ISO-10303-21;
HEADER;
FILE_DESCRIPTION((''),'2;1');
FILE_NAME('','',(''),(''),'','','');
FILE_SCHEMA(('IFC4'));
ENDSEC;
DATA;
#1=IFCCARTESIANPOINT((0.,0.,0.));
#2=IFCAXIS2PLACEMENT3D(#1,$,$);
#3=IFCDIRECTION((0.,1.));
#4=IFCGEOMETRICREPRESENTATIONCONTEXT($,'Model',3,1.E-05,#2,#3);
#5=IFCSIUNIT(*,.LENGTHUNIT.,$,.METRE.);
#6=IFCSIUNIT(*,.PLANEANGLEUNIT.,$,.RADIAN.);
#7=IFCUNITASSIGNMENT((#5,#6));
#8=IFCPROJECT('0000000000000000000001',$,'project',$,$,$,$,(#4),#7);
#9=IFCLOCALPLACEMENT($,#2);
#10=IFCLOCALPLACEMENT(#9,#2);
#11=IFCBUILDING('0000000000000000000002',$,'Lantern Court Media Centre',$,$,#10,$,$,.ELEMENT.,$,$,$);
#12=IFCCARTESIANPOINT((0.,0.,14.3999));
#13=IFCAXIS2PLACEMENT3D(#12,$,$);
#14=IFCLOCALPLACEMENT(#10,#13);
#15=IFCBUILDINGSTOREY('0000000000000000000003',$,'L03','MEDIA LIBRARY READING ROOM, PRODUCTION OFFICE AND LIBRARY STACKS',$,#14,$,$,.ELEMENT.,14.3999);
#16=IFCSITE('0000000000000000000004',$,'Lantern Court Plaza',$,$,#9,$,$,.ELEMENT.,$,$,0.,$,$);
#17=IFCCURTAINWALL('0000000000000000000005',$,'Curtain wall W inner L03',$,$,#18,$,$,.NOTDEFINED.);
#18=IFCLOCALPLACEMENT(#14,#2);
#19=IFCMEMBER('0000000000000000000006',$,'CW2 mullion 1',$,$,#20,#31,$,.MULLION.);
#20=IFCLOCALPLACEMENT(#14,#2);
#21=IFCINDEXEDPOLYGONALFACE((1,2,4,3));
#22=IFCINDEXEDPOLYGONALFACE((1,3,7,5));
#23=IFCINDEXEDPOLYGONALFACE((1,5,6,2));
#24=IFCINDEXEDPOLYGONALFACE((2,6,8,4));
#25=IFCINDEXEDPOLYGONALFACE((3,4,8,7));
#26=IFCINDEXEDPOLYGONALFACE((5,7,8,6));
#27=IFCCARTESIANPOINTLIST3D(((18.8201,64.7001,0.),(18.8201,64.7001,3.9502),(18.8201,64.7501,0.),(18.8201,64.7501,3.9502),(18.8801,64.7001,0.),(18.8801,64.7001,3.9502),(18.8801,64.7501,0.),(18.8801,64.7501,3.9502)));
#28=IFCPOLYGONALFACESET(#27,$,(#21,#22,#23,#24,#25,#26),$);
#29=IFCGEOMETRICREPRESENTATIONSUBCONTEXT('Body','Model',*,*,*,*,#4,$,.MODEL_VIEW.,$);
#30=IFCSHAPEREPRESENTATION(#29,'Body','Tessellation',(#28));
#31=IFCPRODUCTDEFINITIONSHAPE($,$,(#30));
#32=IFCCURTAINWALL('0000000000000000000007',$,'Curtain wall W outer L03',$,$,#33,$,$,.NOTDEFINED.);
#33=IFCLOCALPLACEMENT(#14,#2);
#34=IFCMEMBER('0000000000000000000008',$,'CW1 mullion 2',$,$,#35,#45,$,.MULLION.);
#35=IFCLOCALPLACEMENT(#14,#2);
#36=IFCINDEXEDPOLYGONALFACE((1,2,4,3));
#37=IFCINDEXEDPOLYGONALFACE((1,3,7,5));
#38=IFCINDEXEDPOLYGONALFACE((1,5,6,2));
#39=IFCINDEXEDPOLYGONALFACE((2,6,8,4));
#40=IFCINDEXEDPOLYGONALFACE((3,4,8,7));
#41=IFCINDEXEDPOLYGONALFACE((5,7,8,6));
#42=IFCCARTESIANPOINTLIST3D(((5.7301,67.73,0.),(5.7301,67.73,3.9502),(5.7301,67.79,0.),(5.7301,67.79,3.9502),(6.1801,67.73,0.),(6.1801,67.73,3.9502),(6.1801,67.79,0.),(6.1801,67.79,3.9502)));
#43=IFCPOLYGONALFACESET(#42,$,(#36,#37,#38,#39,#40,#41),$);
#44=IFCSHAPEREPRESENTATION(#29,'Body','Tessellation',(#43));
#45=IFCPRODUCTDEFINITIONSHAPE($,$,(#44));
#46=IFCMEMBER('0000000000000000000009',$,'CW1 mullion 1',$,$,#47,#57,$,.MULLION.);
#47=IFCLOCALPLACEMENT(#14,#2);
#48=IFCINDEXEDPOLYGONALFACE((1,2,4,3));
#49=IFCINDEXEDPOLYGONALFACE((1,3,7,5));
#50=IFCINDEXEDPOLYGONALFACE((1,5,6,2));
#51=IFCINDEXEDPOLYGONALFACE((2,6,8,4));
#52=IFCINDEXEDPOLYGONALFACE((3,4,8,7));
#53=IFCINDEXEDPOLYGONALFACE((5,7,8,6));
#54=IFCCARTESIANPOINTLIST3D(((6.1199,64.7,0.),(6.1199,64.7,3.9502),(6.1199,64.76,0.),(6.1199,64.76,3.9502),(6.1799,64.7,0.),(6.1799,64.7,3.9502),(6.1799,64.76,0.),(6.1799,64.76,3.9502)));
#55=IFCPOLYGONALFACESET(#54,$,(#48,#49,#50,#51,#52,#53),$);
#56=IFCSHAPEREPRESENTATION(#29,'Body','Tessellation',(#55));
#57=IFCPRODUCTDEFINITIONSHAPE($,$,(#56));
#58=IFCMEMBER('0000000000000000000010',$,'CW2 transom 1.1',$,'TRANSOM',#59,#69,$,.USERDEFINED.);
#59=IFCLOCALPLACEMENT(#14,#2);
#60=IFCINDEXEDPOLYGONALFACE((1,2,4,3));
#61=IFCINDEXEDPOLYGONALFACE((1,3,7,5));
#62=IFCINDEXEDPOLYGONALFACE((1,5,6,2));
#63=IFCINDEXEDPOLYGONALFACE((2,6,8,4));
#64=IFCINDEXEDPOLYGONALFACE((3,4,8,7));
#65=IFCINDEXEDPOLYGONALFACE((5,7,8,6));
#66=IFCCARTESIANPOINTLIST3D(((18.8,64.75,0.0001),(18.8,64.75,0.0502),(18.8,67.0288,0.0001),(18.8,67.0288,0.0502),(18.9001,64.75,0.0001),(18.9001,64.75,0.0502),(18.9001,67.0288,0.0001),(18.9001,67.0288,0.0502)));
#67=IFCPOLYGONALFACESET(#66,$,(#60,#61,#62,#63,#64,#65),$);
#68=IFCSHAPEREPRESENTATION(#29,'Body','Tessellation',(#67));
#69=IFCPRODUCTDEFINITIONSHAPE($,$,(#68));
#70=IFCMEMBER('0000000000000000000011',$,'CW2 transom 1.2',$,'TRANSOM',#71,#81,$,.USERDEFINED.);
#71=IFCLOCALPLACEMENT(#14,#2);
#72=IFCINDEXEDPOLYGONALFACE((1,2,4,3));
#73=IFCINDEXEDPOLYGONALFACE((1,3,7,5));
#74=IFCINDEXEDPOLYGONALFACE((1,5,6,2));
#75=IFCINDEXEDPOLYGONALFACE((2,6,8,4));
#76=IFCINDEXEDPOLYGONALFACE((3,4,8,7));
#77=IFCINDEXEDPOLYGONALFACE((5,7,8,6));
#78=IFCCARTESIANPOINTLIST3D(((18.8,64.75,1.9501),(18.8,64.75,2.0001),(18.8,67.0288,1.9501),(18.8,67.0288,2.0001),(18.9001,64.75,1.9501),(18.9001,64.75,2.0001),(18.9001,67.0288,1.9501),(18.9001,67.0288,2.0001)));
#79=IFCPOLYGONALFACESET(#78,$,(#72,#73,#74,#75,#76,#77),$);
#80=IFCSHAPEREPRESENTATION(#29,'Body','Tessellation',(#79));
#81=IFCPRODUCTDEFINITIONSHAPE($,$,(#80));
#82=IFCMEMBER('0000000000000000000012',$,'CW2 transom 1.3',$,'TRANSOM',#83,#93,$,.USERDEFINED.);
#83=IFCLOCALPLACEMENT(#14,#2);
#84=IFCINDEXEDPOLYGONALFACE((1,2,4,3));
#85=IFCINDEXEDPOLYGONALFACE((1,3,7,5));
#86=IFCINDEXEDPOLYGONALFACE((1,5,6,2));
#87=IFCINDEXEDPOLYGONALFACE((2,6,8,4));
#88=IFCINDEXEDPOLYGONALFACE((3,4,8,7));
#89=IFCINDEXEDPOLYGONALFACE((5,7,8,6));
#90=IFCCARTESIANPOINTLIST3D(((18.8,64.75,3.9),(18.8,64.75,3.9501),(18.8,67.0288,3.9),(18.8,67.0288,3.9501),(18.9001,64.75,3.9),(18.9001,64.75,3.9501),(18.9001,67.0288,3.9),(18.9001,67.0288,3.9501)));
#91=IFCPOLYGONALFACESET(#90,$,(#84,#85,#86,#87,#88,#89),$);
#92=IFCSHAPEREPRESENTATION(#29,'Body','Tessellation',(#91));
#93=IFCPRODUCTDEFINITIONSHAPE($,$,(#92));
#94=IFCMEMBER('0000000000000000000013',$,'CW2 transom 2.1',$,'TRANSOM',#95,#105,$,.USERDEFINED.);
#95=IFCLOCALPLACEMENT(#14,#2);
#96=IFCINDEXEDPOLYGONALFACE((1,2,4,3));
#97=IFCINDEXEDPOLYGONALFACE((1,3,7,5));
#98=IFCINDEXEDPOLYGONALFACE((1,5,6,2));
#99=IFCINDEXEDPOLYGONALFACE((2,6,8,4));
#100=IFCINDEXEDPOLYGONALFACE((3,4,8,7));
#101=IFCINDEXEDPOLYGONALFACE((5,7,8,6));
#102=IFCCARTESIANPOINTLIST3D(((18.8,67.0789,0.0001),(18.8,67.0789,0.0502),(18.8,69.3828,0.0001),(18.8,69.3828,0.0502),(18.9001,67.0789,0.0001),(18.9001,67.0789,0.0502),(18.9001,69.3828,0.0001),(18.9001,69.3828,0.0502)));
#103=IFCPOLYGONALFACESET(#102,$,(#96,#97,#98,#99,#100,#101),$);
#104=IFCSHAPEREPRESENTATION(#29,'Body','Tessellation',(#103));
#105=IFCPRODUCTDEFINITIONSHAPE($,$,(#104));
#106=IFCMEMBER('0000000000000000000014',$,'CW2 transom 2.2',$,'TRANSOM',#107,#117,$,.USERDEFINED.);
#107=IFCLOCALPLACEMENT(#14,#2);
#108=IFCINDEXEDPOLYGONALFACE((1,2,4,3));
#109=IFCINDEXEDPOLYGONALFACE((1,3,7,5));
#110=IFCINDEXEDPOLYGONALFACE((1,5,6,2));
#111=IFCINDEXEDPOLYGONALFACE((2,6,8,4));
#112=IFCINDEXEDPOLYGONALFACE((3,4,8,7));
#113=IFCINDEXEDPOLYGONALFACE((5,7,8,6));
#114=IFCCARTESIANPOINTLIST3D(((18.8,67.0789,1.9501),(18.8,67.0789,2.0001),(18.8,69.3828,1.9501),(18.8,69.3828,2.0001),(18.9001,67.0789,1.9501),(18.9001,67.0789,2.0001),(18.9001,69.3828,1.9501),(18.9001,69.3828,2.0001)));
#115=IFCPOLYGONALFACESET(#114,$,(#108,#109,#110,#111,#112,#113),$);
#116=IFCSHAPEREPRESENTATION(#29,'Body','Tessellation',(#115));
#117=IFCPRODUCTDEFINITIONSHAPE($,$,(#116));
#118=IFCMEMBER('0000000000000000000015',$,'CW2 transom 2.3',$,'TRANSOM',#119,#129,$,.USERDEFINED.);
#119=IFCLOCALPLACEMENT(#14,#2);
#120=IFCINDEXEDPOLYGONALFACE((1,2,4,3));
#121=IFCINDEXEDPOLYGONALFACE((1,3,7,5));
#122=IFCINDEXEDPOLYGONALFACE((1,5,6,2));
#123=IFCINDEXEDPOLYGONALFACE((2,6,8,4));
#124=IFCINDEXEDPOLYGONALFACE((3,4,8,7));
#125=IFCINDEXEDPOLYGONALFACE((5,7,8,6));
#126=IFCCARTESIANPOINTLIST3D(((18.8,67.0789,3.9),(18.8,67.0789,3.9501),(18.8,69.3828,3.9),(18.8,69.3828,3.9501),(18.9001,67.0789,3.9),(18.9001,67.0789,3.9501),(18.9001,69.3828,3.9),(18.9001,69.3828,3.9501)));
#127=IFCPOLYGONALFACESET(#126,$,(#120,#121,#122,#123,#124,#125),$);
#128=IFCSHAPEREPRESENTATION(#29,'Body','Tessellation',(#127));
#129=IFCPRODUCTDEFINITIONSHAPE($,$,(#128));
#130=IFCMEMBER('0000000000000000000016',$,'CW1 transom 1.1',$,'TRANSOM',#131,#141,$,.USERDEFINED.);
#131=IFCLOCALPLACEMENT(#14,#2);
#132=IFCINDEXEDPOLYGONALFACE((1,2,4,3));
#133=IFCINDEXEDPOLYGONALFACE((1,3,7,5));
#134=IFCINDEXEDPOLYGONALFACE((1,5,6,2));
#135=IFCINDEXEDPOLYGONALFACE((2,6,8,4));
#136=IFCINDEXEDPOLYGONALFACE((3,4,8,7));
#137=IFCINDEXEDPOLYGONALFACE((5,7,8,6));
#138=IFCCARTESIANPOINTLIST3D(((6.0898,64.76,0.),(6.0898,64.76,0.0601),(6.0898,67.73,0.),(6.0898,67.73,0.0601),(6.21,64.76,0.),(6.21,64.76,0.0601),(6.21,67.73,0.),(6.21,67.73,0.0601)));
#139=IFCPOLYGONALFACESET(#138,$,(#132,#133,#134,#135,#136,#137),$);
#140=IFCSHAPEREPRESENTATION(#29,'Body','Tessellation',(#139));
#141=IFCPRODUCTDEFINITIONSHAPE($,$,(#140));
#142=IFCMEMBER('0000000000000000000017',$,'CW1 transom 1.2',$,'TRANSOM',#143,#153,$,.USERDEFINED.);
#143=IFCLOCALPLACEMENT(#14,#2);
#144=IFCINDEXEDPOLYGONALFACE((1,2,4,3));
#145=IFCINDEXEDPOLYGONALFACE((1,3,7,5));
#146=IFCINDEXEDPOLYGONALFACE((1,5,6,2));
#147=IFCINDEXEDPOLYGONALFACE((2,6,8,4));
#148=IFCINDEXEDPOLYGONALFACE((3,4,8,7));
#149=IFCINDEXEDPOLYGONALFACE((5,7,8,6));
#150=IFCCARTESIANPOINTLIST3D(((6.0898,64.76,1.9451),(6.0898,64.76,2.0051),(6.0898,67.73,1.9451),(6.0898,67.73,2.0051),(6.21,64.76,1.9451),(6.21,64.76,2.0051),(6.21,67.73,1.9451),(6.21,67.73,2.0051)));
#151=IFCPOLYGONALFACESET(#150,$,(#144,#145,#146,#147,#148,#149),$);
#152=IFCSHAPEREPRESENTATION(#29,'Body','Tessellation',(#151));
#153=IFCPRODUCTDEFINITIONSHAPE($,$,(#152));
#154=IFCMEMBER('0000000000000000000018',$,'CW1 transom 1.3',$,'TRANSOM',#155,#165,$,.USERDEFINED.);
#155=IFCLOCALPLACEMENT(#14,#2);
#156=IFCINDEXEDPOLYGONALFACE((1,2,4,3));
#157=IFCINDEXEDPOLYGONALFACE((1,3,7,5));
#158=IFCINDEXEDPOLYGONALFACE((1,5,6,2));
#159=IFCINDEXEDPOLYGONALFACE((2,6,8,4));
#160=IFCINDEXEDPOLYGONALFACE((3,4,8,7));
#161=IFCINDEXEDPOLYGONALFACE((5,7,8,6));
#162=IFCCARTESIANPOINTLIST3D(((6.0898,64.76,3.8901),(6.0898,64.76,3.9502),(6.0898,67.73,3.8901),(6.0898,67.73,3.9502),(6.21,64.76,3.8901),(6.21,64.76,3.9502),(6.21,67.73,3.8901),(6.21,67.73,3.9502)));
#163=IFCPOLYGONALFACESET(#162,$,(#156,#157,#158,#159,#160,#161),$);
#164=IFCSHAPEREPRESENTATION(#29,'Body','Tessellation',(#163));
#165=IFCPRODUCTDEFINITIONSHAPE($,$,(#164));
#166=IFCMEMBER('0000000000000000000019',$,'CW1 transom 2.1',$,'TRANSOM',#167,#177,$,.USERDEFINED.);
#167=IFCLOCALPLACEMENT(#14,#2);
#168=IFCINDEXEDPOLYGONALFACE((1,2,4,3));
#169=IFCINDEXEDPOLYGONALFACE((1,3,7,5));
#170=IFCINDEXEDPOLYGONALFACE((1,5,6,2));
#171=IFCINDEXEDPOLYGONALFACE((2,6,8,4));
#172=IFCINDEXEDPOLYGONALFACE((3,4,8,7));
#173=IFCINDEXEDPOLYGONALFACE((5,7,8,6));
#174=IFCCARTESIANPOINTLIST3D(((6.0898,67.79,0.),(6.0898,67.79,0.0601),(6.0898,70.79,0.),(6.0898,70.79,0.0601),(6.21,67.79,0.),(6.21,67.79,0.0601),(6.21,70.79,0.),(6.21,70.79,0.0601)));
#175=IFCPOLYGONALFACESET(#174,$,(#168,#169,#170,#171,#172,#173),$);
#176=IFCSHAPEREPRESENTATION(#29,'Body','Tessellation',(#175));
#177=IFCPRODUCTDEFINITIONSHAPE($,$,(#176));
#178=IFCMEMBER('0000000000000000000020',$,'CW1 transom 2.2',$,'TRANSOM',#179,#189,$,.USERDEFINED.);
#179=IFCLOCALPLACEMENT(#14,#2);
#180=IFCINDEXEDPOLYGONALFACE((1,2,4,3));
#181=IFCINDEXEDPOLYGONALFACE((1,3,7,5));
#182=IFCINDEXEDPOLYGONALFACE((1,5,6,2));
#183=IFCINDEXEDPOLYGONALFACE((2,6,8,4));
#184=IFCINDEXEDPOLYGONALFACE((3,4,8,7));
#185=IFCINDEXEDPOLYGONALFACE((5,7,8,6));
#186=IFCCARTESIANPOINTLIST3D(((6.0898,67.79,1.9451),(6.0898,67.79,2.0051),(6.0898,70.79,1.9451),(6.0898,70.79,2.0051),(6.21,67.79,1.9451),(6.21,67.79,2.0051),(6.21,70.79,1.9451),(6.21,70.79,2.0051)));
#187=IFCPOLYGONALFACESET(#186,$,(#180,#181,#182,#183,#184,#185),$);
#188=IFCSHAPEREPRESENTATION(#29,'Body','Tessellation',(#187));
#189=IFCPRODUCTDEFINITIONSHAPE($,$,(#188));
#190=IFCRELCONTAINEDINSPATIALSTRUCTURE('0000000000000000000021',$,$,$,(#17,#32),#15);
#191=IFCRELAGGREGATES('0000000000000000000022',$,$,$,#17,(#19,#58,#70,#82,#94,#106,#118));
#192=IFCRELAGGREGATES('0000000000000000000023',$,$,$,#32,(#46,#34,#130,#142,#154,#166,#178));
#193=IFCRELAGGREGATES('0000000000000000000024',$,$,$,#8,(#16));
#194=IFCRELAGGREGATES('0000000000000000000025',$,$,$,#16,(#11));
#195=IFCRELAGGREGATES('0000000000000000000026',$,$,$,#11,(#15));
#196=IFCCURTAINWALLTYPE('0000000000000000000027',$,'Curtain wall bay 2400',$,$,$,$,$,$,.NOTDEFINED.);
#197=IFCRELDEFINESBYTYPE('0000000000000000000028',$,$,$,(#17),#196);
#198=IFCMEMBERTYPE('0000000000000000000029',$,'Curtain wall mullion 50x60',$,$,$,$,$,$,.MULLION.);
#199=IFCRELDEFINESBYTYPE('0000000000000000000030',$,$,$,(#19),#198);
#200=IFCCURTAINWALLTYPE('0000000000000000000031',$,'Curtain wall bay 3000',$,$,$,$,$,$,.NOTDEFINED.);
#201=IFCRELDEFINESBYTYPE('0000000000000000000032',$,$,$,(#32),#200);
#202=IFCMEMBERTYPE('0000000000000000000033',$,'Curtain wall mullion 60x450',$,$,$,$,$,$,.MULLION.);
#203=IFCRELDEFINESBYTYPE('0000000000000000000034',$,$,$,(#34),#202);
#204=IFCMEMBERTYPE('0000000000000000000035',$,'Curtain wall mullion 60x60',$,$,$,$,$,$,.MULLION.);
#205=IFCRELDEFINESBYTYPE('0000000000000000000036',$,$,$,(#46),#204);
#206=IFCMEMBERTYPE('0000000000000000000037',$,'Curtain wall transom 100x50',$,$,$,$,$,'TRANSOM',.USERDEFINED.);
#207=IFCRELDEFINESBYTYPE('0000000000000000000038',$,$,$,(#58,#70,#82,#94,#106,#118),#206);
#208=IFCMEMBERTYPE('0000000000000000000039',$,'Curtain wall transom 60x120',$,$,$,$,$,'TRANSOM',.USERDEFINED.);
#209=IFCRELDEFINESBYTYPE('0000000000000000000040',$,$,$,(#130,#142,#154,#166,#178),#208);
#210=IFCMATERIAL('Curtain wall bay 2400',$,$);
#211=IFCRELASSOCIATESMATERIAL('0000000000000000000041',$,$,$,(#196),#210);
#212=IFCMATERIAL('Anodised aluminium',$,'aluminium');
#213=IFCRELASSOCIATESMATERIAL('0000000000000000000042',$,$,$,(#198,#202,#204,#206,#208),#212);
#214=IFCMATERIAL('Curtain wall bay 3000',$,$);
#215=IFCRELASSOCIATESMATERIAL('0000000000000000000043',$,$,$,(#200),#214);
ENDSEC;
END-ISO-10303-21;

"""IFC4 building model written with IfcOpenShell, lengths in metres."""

from ifc_helpers import new_model, si_unit, direction, frame, origin, origin_2d, place, context, subcontext, project, spatial, rectangle, extrude, material, material_profile, profile_set, type_object, element, aggregate, save


model = new_model("IFC4")

# Units and contexts
model_context = context("Model", 3, precision=1e-05, world=origin(), true_north=direction((0.0, 1.0)))
body_context = subcontext(model_context, "Body", "Model", "MODEL_VIEW")
ifc_project = project(units=[si_unit("LENGTHUNIT", "METRE"), si_unit("PLANEANGLEUNIT", "RADIAN")], contexts=[model_context])

# Site, building, storey
site_placement = place(None, origin())
site = spatial("IfcSite", under=ifc_project, at=site_placement, Name="Lantern Court Plaza", CompositionType="ELEMENT", RefElevation=0.0)
building_placement = place(site_placement, origin())
building = spatial("IfcBuilding", under=site, at=building_placement, Name="Lantern Court Media Centre", CompositionType="ELEMENT")
storey_placement = place(building_placement, frame((0.0, 0.0, 14.3999)))
storey = spatial("IfcBuildingStorey", under=building, at=storey_placement, Name="L03", Description="MEDIA LIBRARY READING ROOM, PRODUCTION OFFICE AND LIBRARY STACKS", CompositionType="ELEMENT", Elevation=14.3999)

# Curtain wall, member
ifc_material_1 = material(Name="Curtain wall bay 2400")
curtain_wall_type_1 = type_object("IfcCurtainWallType", Name="Curtain wall bay 2400", PredefinedType="NOTDEFINED", material=ifc_material_1)
curtain_wall_1_placement = place(storey_placement, origin())
curtain_wall_1 = element("IfcCurtainWall", 1, at=curtain_wall_1_placement, inside=storey, type_object=curtain_wall_type_1, Name="Curtain wall W inner L03", PredefinedType="NOTDEFINED")
ifc_material_2 = material(Name="Anodised aluminium", Category="aluminium")
ifc_material_profile_1 = material_profile(ifc_material_2, rectangle(XDim=0.0601, YDim=0.05, at=origin_2d()), Name="AL 50x60")
ifc_profile_set_1 = profile_set([ifc_material_profile_1], Name="Anodised aluminium")
member_type_1 = type_object("IfcMemberType", Name="Curtain wall mullion 50x60", PredefinedType="MULLION", material=ifc_profile_set_1)
member_1_placement = place(storey_placement, frame((18.8501, 64.7251, 0.0), z_axis=(0.0, 0.0, 1.0), x_axis=(-1.0, 0.0, 0.0)))
member_1 = element("IfcMember", 2, at=member_1_placement, type_object=member_type_1, Name="CW2 mullion 1", PredefinedType="MULLION", context=body_context, shape_type="SweptSolid", body=[
    extrude(rectangle(XDim=0.0601, YDim=0.05, at=origin_2d()), origin(), (0.0, 0.0, 1.0), 3.9502),
])

# Curtain wall, members
ifc_material_3 = material(Name="Curtain wall bay 3000")
curtain_wall_type_2 = type_object("IfcCurtainWallType", Name="Curtain wall bay 3000", PredefinedType="NOTDEFINED", material=ifc_material_3)
curtain_wall_2_placement = place(storey_placement, origin())
curtain_wall_2 = element("IfcCurtainWall", 3, at=curtain_wall_2_placement, inside=storey, type_object=curtain_wall_type_2, Name="Curtain wall W outer L03", PredefinedType="NOTDEFINED")
ifc_material_profile_2 = material_profile(ifc_material_2, rectangle(XDim=0.45, YDim=0.0601, at=origin_2d()), Name="AL 60x450")
ifc_profile_set_2 = profile_set([ifc_material_profile_2], Name="Anodised aluminium")
member_type_2 = type_object("IfcMemberType", Name="Curtain wall mullion 60x450", PredefinedType="MULLION", material=ifc_profile_set_2)
member_2_placement = place(storey_placement, frame((5.9551, 67.76, 0.0), z_axis=(0.0, 0.0, 1.0), x_axis=(-1.0, 0.0, 0.0)))
member_2 = element("IfcMember", 4, at=member_2_placement, type_object=member_type_2, Name="CW1 mullion 2", PredefinedType="MULLION", context=body_context, shape_type="SweptSolid", body=[
    extrude(rectangle(XDim=0.45, YDim=0.0601, at=origin_2d()), origin(), (0.0, 0.0, 1.0), 3.9502),
])
ifc_material_profile_3 = material_profile(ifc_material_2, rectangle(XDim=0.0601, YDim=0.0601, at=origin_2d()), Name="AL 60x60")
ifc_profile_set_3 = profile_set([ifc_material_profile_3], Name="Anodised aluminium")
member_type_3 = type_object("IfcMemberType", Name="Curtain wall mullion 60x60", PredefinedType="MULLION", material=ifc_profile_set_3)
member_3_placement = place(storey_placement, frame((6.1499, 64.73, 0.0), z_axis=(0.0, 0.0, 1.0), x_axis=(-1.0, 0.0, 0.0)))
member_3 = element("IfcMember", 5, at=member_3_placement, type_object=member_type_3, Name="CW1 mullion 1", PredefinedType="MULLION", context=body_context, shape_type="SweptSolid", body=[
    extrude(rectangle(XDim=0.0601, YDim=0.0601, at=origin_2d()), origin(), (0.0, 0.0, 1.0), 3.9502),
])

# Members
ifc_material_profile_4 = material_profile(ifc_material_2, rectangle(XDim=0.1001, YDim=0.05, at=origin_2d()), Name="AL 50x100")
ifc_profile_set_4 = profile_set([ifc_material_profile_4], Name="Anodised aluminium")
member_type_4 = type_object("IfcMemberType", Name="Curtain wall transom 100x50", ElementType="TRANSOM", PredefinedType="USERDEFINED", material=ifc_profile_set_4)
member_4_placement = place(storey_placement, frame((18.8501, 64.75, 0.0251), z_axis=(0.0, 1.0, 0.0), x_axis=(-1.0, 0.0, 0.0)))
member_4 = element("IfcMember", 6, at=member_4_placement, type_object=member_type_4, Name="CW2 transom 1.1", ObjectType="TRANSOM", PredefinedType="USERDEFINED", context=body_context, shape_type="SweptSolid", body=[
    extrude(rectangle(XDim=0.1001, YDim=0.05, at=origin_2d()), origin(), (0.0, 0.0, 1.0), 2.2788),
])
member_5_placement = place(storey_placement, frame((18.8501, 64.75, 1.9751), z_axis=(0.0, 1.0, 0.0), x_axis=(-1.0, 0.0, 0.0)))
member_5 = element("IfcMember", 7, at=member_5_placement, type_object=member_type_4, Name="CW2 transom 1.2", ObjectType="TRANSOM", PredefinedType="USERDEFINED", context=body_context, shape_type="SweptSolid", body=[
    extrude(rectangle(XDim=0.1001, YDim=0.05, at=origin_2d()), origin(), (0.0, 0.0, 1.0), 2.2788),
])
member_6_placement = place(storey_placement, frame((18.8501, 64.75, 3.925), z_axis=(0.0, 1.0, 0.0), x_axis=(-1.0, 0.0, 0.0)))
member_6 = element("IfcMember", 8, at=member_6_placement, type_object=member_type_4, Name="CW2 transom 1.3", ObjectType="TRANSOM", PredefinedType="USERDEFINED", context=body_context, shape_type="SweptSolid", body=[
    extrude(rectangle(XDim=0.1001, YDim=0.05, at=origin_2d()), origin(), (0.0, 0.0, 1.0), 2.2788),
])
member_7_placement = place(storey_placement, frame((18.8501, 67.0789, 0.0251), z_axis=(0.0, 1.0, 0.0), x_axis=(-1.0, 0.0, 0.0)))
member_7 = element("IfcMember", 9, at=member_7_placement, type_object=member_type_4, Name="CW2 transom 2.1", ObjectType="TRANSOM", PredefinedType="USERDEFINED", context=body_context, shape_type="SweptSolid", body=[
    extrude(rectangle(XDim=0.1001, YDim=0.05, at=origin_2d()), origin(), (0.0, 0.0, 1.0), 2.304),
])
member_8_placement = place(storey_placement, frame((18.8501, 67.0789, 1.9751), z_axis=(0.0, 1.0, 0.0), x_axis=(-1.0, 0.0, 0.0)))
member_8 = element("IfcMember", 10, at=member_8_placement, type_object=member_type_4, Name="CW2 transom 2.2", ObjectType="TRANSOM", PredefinedType="USERDEFINED", context=body_context, shape_type="SweptSolid", body=[
    extrude(rectangle(XDim=0.1001, YDim=0.05, at=origin_2d()), origin(), (0.0, 0.0, 1.0), 2.304),
])
member_9_placement = place(storey_placement, frame((18.8501, 67.0789, 3.925), z_axis=(0.0, 1.0, 0.0), x_axis=(-1.0, 0.0, 0.0)))
member_9 = element("IfcMember", 11, at=member_9_placement, type_object=member_type_4, Name="CW2 transom 2.3", ObjectType="TRANSOM", PredefinedType="USERDEFINED", context=body_context, shape_type="SweptSolid", body=[
    extrude(rectangle(XDim=0.1001, YDim=0.05, at=origin_2d()), origin(), (0.0, 0.0, 1.0), 2.304),
])
ifc_material_profile_5 = material_profile(ifc_material_2, rectangle(XDim=0.1201, YDim=0.0601, at=origin_2d()), Name="AL 60x120")
ifc_profile_set_5 = profile_set([ifc_material_profile_5], Name="Anodised aluminium")
member_type_5 = type_object("IfcMemberType", Name="Curtain wall transom 60x120", ElementType="TRANSOM", PredefinedType="USERDEFINED", material=ifc_profile_set_5)
member_10_placement = place(storey_placement, frame((6.1499, 64.76, 0.03), z_axis=(0.0, 1.0, 0.0), x_axis=(-1.0, 0.0, 0.0)))
member_10 = element("IfcMember", 12, at=member_10_placement, type_object=member_type_5, Name="CW1 transom 1.1", ObjectType="TRANSOM", PredefinedType="USERDEFINED", context=body_context, shape_type="SweptSolid", body=[
    extrude(rectangle(XDim=0.1201, YDim=0.0601, at=origin_2d()), origin(), (0.0, 0.0, 1.0), 2.97),
])
member_11_placement = place(storey_placement, frame((6.1499, 64.76, 1.9751), z_axis=(0.0, 1.0, 0.0), x_axis=(-1.0, 0.0, 0.0)))
member_11 = element("IfcMember", 13, at=member_11_placement, type_object=member_type_5, Name="CW1 transom 1.2", ObjectType="TRANSOM", PredefinedType="USERDEFINED", context=body_context, shape_type="SweptSolid", body=[
    extrude(rectangle(XDim=0.1201, YDim=0.0601, at=origin_2d()), origin(), (0.0, 0.0, 1.0), 2.97),
])
member_12_placement = place(storey_placement, frame((6.1499, 64.76, 3.9202), z_axis=(0.0, 1.0, 0.0), x_axis=(-1.0, 0.0, 0.0)))
member_12 = element("IfcMember", 14, at=member_12_placement, type_object=member_type_5, Name="CW1 transom 1.3", ObjectType="TRANSOM", PredefinedType="USERDEFINED", context=body_context, shape_type="SweptSolid", body=[
    extrude(rectangle(XDim=0.1201, YDim=0.0601, at=origin_2d()), origin(), (0.0, 0.0, 1.0), 2.97),
])
member_13_placement = place(storey_placement, frame((6.1499, 67.79, 0.03), z_axis=(0.0, 1.0, 0.0), x_axis=(-1.0, 0.0, 0.0)))
member_13 = element("IfcMember", 15, at=member_13_placement, type_object=member_type_5, Name="CW1 transom 2.1", ObjectType="TRANSOM", PredefinedType="USERDEFINED", context=body_context, shape_type="SweptSolid", body=[
    extrude(rectangle(XDim=0.1201, YDim=0.0601, at=origin_2d()), origin(), (0.0, 0.0, 1.0), 3.0),
])
member_14_placement = place(storey_placement, frame((6.1499, 67.79, 1.9751), z_axis=(0.0, 1.0, 0.0), x_axis=(-1.0, 0.0, 0.0)))
member_14 = element("IfcMember", 16, at=member_14_placement, type_object=member_type_5, Name="CW1 transom 2.2", ObjectType="TRANSOM", PredefinedType="USERDEFINED", context=body_context, shape_type="SweptSolid", body=[
    extrude(rectangle(XDim=0.1201, YDim=0.0601, at=origin_2d()), origin(), (0.0, 0.0, 1.0), 3.0),
])

aggregate(curtain_wall_1, [member_1, member_4, member_5, member_6, member_7, member_8, member_9])
aggregate(curtain_wall_2, [member_3, member_2, member_10, member_11, member_12, member_13, member_14])

save(model, "model.ifc")
